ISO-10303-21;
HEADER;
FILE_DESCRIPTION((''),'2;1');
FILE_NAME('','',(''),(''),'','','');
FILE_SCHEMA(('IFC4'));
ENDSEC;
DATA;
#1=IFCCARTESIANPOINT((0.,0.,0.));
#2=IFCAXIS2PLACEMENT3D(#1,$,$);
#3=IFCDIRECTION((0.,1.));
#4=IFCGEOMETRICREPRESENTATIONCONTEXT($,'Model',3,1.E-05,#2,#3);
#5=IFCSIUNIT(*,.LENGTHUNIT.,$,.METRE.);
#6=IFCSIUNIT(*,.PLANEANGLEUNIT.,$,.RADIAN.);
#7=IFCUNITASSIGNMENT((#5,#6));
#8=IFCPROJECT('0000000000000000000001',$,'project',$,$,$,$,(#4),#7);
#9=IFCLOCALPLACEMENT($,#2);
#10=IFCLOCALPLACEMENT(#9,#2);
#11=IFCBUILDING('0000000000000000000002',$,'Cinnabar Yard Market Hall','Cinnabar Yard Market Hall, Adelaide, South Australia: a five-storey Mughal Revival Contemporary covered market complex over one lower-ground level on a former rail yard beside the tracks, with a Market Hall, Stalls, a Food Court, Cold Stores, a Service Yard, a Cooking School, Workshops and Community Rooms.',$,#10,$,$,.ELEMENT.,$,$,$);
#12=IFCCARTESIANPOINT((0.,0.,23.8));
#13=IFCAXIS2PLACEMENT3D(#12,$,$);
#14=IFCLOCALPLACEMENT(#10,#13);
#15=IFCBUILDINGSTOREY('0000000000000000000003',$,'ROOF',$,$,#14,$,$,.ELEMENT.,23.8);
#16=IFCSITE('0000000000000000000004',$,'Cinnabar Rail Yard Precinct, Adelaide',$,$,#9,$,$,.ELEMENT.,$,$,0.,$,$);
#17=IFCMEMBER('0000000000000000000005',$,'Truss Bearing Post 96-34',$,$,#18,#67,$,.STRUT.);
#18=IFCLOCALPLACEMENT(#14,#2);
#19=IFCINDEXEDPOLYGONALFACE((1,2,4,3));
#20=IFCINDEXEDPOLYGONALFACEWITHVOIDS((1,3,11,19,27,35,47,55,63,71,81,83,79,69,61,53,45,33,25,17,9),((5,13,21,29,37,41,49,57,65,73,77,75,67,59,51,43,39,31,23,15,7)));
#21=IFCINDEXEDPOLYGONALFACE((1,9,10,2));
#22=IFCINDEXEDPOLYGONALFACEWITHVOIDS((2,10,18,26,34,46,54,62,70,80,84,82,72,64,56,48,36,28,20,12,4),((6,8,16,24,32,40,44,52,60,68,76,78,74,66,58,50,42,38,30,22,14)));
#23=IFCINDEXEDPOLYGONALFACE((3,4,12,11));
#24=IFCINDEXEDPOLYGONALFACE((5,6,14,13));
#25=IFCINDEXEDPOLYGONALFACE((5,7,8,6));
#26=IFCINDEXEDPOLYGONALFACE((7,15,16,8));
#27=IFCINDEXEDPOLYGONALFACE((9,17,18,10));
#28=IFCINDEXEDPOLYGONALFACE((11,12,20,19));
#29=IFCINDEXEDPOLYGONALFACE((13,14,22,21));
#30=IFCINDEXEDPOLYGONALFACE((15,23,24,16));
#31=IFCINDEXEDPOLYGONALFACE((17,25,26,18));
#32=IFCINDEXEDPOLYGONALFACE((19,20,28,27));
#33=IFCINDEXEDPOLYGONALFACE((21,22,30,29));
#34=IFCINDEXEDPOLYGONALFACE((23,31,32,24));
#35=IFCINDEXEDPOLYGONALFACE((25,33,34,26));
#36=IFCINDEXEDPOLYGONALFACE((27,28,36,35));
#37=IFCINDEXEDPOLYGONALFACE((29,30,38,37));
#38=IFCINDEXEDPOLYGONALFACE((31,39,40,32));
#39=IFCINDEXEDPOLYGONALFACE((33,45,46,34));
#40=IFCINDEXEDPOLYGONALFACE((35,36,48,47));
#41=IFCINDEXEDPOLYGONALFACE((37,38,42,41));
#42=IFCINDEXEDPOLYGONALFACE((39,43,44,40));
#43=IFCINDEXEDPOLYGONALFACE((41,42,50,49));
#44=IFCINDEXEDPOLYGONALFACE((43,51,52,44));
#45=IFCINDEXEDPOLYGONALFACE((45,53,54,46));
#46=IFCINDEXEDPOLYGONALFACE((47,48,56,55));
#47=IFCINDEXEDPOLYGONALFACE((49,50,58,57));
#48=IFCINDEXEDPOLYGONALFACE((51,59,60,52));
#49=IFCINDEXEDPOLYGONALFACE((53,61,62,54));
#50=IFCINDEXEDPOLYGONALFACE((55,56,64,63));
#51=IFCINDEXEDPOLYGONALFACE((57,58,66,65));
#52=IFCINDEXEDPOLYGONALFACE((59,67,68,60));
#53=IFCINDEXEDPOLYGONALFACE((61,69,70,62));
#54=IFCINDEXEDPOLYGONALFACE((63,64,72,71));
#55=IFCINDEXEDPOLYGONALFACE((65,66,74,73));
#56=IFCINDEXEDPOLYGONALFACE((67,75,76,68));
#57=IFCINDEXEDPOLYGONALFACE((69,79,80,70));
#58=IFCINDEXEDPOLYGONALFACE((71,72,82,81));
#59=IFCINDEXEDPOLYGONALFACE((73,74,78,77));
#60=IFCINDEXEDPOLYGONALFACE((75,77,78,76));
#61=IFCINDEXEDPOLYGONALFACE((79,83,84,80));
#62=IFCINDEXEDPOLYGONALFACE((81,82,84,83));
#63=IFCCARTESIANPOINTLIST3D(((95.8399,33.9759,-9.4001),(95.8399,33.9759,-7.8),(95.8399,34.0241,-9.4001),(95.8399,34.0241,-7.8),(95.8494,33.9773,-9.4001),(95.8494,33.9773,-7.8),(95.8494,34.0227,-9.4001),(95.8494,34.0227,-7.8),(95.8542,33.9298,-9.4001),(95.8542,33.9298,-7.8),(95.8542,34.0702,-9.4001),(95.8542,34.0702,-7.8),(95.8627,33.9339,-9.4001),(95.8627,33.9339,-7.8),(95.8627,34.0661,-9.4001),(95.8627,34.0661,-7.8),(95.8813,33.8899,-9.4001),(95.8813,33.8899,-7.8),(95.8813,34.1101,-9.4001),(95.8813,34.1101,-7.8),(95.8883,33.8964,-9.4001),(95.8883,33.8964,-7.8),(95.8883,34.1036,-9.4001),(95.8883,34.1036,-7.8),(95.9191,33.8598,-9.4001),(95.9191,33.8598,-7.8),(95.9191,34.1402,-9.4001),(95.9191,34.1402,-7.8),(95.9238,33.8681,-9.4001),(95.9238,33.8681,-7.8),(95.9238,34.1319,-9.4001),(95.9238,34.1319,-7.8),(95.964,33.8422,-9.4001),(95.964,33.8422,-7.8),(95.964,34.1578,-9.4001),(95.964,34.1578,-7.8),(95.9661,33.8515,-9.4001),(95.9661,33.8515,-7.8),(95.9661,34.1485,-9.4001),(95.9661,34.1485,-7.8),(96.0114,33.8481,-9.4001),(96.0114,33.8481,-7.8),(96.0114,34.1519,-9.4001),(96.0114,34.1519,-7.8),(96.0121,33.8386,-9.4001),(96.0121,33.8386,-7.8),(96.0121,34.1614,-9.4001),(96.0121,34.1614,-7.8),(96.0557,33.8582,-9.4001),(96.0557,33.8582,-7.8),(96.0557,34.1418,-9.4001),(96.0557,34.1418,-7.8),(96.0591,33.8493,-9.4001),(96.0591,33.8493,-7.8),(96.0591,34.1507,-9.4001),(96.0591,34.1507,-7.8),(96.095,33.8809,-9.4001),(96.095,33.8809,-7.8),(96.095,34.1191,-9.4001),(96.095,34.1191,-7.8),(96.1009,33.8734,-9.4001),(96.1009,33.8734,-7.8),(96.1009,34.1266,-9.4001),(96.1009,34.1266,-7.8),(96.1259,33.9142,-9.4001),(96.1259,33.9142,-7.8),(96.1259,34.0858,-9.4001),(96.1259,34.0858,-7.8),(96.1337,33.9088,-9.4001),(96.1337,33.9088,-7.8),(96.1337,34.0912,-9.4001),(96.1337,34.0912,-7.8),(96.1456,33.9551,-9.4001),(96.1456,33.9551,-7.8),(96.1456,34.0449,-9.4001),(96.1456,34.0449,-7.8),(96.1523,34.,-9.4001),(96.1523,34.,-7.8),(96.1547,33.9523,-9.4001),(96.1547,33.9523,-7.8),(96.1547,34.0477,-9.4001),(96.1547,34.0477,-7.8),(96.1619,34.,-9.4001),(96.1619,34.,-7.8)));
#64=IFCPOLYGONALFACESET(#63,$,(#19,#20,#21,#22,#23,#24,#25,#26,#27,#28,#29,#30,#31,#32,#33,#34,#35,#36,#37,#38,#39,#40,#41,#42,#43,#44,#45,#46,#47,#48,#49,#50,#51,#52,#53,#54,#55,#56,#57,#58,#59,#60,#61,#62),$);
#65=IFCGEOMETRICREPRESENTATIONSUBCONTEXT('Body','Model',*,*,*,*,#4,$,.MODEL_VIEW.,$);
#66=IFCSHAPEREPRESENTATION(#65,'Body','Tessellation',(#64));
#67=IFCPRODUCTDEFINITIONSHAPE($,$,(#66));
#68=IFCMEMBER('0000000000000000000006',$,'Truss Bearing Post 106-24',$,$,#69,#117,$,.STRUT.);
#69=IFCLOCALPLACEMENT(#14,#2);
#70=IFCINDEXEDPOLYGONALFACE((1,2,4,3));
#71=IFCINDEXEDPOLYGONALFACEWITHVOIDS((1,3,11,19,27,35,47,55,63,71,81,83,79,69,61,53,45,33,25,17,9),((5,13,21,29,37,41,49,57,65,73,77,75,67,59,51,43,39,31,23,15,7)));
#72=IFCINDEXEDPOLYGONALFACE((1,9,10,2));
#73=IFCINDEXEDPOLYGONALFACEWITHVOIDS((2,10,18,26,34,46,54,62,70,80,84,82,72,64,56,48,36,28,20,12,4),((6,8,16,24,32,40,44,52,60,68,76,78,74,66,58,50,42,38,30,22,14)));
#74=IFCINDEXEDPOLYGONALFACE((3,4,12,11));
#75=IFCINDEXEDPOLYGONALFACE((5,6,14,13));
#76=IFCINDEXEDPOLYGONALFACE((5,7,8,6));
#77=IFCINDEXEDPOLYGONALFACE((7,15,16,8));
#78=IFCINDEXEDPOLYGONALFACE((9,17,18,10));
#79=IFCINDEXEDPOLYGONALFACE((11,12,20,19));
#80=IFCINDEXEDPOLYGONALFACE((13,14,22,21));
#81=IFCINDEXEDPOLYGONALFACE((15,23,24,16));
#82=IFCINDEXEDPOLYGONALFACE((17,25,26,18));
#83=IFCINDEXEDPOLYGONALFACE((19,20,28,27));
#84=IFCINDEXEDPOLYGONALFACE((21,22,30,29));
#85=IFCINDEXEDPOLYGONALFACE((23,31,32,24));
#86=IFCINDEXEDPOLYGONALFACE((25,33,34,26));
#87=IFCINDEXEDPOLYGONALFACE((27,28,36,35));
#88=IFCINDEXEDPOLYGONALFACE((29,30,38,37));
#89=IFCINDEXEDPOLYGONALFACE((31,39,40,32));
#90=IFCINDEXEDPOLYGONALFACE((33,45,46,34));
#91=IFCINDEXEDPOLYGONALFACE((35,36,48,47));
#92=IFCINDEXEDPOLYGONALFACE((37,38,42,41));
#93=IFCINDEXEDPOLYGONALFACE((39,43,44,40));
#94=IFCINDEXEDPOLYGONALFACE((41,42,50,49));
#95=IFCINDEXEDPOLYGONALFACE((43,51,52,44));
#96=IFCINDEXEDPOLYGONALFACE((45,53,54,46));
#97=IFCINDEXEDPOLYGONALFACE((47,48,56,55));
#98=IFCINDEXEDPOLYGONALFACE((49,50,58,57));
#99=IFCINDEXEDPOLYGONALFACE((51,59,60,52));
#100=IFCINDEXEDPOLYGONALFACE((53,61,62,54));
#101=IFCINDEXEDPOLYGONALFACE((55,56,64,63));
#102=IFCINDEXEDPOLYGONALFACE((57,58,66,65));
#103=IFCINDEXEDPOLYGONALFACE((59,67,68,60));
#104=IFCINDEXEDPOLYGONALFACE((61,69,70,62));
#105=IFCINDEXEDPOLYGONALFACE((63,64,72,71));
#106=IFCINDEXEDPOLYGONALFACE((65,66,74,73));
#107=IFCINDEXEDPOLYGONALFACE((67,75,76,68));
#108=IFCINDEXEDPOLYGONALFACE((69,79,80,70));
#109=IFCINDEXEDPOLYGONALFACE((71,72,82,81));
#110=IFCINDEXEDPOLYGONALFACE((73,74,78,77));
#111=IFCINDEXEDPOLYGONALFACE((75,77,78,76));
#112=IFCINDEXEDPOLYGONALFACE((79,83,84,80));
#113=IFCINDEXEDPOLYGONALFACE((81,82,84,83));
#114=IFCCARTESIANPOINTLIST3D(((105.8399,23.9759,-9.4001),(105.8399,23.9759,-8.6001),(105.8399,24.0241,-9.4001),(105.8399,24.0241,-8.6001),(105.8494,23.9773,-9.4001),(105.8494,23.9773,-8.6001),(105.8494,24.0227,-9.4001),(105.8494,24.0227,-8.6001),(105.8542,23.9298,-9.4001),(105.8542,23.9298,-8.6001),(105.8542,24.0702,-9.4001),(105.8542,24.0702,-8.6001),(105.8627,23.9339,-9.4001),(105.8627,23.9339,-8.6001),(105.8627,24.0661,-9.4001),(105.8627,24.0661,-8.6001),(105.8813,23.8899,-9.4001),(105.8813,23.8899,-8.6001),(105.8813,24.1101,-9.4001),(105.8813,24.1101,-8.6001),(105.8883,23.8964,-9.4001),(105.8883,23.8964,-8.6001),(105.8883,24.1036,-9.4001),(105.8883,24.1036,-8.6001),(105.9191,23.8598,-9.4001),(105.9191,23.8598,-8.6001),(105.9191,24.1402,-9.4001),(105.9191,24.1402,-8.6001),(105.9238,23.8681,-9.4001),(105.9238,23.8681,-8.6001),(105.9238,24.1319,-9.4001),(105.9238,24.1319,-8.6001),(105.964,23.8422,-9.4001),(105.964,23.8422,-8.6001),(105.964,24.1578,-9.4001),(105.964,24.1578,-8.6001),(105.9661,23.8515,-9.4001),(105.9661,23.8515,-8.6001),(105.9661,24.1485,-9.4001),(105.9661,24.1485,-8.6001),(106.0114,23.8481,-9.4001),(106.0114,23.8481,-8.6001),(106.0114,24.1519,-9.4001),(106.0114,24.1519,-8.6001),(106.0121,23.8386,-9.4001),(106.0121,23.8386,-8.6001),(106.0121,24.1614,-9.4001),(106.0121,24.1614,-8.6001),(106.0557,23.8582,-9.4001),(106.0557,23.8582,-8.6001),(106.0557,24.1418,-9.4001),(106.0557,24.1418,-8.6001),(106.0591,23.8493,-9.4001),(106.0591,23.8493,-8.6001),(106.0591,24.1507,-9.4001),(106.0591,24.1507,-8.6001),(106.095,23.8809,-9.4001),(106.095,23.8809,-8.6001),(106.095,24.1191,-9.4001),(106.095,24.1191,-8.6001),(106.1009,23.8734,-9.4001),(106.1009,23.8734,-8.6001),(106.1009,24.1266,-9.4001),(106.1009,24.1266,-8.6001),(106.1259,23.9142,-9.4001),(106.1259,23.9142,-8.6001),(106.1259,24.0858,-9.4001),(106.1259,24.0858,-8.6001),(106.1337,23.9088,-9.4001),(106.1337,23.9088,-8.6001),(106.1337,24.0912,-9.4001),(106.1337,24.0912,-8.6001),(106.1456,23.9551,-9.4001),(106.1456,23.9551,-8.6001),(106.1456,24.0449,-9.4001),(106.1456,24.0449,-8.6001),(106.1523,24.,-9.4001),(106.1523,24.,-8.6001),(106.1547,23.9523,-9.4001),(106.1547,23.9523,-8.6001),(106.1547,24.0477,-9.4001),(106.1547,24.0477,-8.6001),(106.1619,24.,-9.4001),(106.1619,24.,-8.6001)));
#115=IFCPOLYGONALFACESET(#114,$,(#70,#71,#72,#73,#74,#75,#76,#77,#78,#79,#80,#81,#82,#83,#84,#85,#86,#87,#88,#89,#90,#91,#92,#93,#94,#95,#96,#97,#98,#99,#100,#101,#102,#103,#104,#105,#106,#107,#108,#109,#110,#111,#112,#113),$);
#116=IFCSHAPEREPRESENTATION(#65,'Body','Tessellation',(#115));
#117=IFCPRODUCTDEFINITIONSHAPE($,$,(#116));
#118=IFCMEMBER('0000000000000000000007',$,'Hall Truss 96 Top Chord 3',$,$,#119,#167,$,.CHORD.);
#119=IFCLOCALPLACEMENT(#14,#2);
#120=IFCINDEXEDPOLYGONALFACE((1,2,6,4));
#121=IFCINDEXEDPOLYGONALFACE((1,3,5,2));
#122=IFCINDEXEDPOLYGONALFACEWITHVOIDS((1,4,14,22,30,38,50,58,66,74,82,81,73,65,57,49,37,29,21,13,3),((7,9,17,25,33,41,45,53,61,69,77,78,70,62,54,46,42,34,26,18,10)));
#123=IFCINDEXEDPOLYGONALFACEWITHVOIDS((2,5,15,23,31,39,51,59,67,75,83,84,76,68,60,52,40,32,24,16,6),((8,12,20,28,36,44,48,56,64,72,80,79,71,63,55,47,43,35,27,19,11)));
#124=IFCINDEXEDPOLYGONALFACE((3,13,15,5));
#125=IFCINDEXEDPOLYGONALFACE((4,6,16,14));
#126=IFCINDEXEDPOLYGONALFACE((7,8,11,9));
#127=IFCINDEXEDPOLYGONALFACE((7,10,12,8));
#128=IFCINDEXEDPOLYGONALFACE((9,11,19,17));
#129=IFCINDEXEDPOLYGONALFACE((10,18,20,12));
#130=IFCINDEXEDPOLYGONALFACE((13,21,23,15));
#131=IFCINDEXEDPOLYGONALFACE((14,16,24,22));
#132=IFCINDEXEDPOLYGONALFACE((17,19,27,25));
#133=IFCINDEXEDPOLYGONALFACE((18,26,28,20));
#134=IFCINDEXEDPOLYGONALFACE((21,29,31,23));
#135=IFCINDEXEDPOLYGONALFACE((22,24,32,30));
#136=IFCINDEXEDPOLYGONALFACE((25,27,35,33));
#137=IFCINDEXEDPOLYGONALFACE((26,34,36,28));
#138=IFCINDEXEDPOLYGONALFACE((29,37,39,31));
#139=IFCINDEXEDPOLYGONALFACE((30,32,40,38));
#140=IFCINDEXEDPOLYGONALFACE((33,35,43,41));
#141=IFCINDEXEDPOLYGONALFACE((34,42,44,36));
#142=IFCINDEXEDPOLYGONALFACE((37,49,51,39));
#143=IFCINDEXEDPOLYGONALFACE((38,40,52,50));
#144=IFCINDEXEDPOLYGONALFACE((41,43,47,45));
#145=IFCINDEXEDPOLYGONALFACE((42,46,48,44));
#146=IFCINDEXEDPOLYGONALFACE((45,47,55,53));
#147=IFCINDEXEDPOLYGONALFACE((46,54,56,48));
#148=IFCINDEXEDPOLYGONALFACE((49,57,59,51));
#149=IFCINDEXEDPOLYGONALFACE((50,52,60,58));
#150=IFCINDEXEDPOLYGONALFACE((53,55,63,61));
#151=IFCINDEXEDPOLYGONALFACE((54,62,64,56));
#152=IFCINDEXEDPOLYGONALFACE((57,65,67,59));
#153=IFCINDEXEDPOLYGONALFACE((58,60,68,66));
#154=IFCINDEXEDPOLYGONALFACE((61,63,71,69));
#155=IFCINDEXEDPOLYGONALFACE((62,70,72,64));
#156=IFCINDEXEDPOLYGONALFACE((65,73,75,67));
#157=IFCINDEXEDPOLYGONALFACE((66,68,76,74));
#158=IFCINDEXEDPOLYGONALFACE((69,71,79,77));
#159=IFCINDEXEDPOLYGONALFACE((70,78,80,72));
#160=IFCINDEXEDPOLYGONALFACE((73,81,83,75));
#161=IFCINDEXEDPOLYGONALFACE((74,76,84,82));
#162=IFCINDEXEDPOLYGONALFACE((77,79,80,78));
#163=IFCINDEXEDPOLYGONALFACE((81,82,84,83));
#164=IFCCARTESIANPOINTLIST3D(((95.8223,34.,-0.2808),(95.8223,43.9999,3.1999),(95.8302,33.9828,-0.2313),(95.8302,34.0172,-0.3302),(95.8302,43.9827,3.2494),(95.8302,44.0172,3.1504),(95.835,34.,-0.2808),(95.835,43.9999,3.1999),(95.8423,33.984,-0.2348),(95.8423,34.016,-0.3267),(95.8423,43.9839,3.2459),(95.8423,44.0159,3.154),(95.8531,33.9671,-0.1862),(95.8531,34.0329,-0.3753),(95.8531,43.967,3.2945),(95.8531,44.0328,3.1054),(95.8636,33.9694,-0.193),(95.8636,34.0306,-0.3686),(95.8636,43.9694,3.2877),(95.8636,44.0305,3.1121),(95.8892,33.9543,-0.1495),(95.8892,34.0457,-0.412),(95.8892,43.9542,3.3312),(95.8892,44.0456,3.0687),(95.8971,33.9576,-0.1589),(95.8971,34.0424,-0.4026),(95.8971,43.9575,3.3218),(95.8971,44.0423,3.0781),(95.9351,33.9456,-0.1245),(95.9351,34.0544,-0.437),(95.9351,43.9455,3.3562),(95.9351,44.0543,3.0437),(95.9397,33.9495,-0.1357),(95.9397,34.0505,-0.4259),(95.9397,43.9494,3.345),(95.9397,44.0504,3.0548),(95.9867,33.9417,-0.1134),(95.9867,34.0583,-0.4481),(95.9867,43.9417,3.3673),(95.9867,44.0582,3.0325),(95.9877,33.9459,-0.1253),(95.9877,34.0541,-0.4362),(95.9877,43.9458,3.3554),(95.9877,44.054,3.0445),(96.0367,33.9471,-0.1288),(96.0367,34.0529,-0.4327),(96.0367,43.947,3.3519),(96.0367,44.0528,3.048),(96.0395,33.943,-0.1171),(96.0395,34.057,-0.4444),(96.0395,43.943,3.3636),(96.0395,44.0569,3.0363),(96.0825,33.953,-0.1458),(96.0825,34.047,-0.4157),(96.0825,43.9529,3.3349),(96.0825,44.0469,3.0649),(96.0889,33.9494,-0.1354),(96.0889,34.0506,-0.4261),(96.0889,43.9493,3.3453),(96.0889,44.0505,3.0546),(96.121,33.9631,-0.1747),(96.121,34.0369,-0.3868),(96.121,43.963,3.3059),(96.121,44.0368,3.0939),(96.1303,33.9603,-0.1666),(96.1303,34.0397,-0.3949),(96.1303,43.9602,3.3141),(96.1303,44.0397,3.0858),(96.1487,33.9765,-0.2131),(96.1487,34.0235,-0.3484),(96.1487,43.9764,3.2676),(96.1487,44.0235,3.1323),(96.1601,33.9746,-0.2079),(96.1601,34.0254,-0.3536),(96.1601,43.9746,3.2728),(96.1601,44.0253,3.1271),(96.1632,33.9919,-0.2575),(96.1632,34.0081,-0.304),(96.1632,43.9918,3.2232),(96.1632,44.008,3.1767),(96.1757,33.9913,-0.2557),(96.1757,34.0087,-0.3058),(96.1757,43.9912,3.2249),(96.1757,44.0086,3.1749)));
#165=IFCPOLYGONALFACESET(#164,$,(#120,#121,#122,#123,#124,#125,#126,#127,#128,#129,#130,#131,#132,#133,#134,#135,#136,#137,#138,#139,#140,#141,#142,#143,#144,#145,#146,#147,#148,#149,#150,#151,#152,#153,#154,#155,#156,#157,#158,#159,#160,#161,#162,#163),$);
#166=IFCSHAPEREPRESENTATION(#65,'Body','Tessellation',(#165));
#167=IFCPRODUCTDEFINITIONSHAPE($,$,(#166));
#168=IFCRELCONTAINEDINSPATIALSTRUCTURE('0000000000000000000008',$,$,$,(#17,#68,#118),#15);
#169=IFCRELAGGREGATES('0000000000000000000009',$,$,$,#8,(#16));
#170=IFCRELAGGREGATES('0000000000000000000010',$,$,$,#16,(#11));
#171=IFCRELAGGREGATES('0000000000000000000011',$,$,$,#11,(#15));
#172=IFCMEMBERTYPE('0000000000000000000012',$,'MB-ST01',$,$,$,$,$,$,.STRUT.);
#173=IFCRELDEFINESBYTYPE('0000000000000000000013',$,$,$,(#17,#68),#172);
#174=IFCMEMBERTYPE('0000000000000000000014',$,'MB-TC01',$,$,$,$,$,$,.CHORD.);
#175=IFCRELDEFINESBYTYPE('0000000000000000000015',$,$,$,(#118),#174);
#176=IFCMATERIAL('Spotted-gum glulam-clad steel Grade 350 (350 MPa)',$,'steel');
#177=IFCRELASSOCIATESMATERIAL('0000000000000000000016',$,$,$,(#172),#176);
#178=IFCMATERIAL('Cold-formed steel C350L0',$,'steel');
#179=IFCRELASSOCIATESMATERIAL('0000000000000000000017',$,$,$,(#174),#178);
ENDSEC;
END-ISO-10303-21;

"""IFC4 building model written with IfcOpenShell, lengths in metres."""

from ifc_helpers import new_model, si_unit, direction, frame, origin, origin_2d_with_axis, place, context, subcontext, project, spatial, hollow_circle, extrude, material, material_profile, profile_set, type_object, element, save


model = new_model("IFC4")

# Units and contexts
model_context = context("Model", 3, precision=1e-05, world=origin(), true_north=direction((0.0, 1.0)))
body_context = subcontext(model_context, "Body", "Model", "MODEL_VIEW")
ifc_project = project(units=[si_unit("LENGTHUNIT", "METRE"), si_unit("PLANEANGLEUNIT", "RADIAN")], contexts=[model_context])

# Site, building, storey
site_placement = place(None, origin())
site = spatial("IfcSite", under=ifc_project, at=site_placement, Name="Cinnabar Rail Yard Precinct, Adelaide", CompositionType="ELEMENT", RefElevation=0.0)
building_placement = place(site_placement, origin())
building = spatial("IfcBuilding", under=site, at=building_placement, Name="Cinnabar Yard Market Hall", Description="Cinnabar Yard Market Hall, Adelaide, South Australia: a five-storey Mughal Revival Contemporary covered market complex over one lower-ground level on a former rail yard beside the tracks, with a Market Hall, Stalls, a Food Court, Cold Stores, a Service Yard, a Cooking School, Workshops and Community Rooms.", CompositionType="ELEMENT")
storey_placement = place(building_placement, frame((0.0, 0.0, 23.8)))
storey = spatial("IfcBuildingStorey", under=building, at=storey_placement, Name="ROOF", CompositionType="ELEMENT", Elevation=23.8)

# Members
ifc_material_1 = material(Name="Cold-formed steel C350L0", Category="steel")
ifc_material_2 = material(Name="Spotted-gum glulam-clad steel Grade 350 (350 MPa)", Category="steel")
ifc_material_profile_1 = material_profile(ifc_material_2, hollow_circle(Radius=0.1619, WallThickness=0.0095, at=origin_2d_with_axis()), Name="323.9x9.5CHS")
ifc_profile_set_1 = profile_set([ifc_material_profile_1], Name="Spotted-gum glulam-clad steel Grade 350 (350 MPa)")
member_type_1 = type_object("IfcMemberType", Name="MB-ST01", PredefinedType="STRUT", material=ifc_profile_set_1)
member_1_placement = place(storey_placement, frame((96.0, 34.0, -9.4001), z_axis=(0.0, 0.0, 1.0), x_axis=(1.0, 0.0, 0.0)))
element("IfcMember", 1, at=member_1_placement, inside=storey, type_object=member_type_1, Name="Truss Bearing Post 96-34", PredefinedType="STRUT", context=body_context, shape_type="SweptSolid", body=[
    extrude(hollow_circle(Radius=0.1619, WallThickness=0.0095, at=origin_2d_with_axis()), origin(), (0.0, 0.0, 1.0), 1.6001),
])
member_2_placement = place(storey_placement, frame((106.0, 24.0, -9.4001), z_axis=(0.0, 0.0, 1.0), x_axis=(1.0, 0.0, 0.0)))
element("IfcMember", 2, at=member_2_placement, inside=storey, type_object=member_type_1, Name="Truss Bearing Post 106-24", PredefinedType="STRUT", context=body_context, shape_type="SweptSolid", body=[
    extrude(hollow_circle(Radius=0.1619, WallThickness=0.0095, at=origin_2d_with_axis()), origin(), (0.0, 0.0, 1.0), 0.8),
])
ifc_material_profile_2 = material_profile(ifc_material_1, hollow_circle(Radius=0.1777, WallThickness=0.0127, at=origin_2d_with_axis()), Name="355.6x12.7CHS")
ifc_profile_set_2 = profile_set([ifc_material_profile_2], Name="Cold-formed steel C350L0")
member_type_2 = type_object("IfcMemberType", Name="MB-TC01", PredefinedType="CHORD", material=ifc_profile_set_2)
for number, where, z_axis, x_axis, name in (
    (3, (96.0, 34.0, -0.2808), (0.0, 0.944425, 0.328727), (-1.0, 0.0, 0.0), "Hall Truss 96 Top Chord 3"),
):
    element("IfcMember", number, at=place(storey_placement, frame(where, z_axis=z_axis, x_axis=x_axis)), inside=storey, type_object=member_type_2, Name=name, PredefinedType="CHORD", context=body_context, shape_type="SweptSolid", body=[
        extrude(hollow_circle(Radius=0.1777, WallThickness=0.0127, at=origin_2d_with_axis()), origin(), (0.0, 0.0, 1.0), 10.5884),
    ])

save(model, "model.ifc")
